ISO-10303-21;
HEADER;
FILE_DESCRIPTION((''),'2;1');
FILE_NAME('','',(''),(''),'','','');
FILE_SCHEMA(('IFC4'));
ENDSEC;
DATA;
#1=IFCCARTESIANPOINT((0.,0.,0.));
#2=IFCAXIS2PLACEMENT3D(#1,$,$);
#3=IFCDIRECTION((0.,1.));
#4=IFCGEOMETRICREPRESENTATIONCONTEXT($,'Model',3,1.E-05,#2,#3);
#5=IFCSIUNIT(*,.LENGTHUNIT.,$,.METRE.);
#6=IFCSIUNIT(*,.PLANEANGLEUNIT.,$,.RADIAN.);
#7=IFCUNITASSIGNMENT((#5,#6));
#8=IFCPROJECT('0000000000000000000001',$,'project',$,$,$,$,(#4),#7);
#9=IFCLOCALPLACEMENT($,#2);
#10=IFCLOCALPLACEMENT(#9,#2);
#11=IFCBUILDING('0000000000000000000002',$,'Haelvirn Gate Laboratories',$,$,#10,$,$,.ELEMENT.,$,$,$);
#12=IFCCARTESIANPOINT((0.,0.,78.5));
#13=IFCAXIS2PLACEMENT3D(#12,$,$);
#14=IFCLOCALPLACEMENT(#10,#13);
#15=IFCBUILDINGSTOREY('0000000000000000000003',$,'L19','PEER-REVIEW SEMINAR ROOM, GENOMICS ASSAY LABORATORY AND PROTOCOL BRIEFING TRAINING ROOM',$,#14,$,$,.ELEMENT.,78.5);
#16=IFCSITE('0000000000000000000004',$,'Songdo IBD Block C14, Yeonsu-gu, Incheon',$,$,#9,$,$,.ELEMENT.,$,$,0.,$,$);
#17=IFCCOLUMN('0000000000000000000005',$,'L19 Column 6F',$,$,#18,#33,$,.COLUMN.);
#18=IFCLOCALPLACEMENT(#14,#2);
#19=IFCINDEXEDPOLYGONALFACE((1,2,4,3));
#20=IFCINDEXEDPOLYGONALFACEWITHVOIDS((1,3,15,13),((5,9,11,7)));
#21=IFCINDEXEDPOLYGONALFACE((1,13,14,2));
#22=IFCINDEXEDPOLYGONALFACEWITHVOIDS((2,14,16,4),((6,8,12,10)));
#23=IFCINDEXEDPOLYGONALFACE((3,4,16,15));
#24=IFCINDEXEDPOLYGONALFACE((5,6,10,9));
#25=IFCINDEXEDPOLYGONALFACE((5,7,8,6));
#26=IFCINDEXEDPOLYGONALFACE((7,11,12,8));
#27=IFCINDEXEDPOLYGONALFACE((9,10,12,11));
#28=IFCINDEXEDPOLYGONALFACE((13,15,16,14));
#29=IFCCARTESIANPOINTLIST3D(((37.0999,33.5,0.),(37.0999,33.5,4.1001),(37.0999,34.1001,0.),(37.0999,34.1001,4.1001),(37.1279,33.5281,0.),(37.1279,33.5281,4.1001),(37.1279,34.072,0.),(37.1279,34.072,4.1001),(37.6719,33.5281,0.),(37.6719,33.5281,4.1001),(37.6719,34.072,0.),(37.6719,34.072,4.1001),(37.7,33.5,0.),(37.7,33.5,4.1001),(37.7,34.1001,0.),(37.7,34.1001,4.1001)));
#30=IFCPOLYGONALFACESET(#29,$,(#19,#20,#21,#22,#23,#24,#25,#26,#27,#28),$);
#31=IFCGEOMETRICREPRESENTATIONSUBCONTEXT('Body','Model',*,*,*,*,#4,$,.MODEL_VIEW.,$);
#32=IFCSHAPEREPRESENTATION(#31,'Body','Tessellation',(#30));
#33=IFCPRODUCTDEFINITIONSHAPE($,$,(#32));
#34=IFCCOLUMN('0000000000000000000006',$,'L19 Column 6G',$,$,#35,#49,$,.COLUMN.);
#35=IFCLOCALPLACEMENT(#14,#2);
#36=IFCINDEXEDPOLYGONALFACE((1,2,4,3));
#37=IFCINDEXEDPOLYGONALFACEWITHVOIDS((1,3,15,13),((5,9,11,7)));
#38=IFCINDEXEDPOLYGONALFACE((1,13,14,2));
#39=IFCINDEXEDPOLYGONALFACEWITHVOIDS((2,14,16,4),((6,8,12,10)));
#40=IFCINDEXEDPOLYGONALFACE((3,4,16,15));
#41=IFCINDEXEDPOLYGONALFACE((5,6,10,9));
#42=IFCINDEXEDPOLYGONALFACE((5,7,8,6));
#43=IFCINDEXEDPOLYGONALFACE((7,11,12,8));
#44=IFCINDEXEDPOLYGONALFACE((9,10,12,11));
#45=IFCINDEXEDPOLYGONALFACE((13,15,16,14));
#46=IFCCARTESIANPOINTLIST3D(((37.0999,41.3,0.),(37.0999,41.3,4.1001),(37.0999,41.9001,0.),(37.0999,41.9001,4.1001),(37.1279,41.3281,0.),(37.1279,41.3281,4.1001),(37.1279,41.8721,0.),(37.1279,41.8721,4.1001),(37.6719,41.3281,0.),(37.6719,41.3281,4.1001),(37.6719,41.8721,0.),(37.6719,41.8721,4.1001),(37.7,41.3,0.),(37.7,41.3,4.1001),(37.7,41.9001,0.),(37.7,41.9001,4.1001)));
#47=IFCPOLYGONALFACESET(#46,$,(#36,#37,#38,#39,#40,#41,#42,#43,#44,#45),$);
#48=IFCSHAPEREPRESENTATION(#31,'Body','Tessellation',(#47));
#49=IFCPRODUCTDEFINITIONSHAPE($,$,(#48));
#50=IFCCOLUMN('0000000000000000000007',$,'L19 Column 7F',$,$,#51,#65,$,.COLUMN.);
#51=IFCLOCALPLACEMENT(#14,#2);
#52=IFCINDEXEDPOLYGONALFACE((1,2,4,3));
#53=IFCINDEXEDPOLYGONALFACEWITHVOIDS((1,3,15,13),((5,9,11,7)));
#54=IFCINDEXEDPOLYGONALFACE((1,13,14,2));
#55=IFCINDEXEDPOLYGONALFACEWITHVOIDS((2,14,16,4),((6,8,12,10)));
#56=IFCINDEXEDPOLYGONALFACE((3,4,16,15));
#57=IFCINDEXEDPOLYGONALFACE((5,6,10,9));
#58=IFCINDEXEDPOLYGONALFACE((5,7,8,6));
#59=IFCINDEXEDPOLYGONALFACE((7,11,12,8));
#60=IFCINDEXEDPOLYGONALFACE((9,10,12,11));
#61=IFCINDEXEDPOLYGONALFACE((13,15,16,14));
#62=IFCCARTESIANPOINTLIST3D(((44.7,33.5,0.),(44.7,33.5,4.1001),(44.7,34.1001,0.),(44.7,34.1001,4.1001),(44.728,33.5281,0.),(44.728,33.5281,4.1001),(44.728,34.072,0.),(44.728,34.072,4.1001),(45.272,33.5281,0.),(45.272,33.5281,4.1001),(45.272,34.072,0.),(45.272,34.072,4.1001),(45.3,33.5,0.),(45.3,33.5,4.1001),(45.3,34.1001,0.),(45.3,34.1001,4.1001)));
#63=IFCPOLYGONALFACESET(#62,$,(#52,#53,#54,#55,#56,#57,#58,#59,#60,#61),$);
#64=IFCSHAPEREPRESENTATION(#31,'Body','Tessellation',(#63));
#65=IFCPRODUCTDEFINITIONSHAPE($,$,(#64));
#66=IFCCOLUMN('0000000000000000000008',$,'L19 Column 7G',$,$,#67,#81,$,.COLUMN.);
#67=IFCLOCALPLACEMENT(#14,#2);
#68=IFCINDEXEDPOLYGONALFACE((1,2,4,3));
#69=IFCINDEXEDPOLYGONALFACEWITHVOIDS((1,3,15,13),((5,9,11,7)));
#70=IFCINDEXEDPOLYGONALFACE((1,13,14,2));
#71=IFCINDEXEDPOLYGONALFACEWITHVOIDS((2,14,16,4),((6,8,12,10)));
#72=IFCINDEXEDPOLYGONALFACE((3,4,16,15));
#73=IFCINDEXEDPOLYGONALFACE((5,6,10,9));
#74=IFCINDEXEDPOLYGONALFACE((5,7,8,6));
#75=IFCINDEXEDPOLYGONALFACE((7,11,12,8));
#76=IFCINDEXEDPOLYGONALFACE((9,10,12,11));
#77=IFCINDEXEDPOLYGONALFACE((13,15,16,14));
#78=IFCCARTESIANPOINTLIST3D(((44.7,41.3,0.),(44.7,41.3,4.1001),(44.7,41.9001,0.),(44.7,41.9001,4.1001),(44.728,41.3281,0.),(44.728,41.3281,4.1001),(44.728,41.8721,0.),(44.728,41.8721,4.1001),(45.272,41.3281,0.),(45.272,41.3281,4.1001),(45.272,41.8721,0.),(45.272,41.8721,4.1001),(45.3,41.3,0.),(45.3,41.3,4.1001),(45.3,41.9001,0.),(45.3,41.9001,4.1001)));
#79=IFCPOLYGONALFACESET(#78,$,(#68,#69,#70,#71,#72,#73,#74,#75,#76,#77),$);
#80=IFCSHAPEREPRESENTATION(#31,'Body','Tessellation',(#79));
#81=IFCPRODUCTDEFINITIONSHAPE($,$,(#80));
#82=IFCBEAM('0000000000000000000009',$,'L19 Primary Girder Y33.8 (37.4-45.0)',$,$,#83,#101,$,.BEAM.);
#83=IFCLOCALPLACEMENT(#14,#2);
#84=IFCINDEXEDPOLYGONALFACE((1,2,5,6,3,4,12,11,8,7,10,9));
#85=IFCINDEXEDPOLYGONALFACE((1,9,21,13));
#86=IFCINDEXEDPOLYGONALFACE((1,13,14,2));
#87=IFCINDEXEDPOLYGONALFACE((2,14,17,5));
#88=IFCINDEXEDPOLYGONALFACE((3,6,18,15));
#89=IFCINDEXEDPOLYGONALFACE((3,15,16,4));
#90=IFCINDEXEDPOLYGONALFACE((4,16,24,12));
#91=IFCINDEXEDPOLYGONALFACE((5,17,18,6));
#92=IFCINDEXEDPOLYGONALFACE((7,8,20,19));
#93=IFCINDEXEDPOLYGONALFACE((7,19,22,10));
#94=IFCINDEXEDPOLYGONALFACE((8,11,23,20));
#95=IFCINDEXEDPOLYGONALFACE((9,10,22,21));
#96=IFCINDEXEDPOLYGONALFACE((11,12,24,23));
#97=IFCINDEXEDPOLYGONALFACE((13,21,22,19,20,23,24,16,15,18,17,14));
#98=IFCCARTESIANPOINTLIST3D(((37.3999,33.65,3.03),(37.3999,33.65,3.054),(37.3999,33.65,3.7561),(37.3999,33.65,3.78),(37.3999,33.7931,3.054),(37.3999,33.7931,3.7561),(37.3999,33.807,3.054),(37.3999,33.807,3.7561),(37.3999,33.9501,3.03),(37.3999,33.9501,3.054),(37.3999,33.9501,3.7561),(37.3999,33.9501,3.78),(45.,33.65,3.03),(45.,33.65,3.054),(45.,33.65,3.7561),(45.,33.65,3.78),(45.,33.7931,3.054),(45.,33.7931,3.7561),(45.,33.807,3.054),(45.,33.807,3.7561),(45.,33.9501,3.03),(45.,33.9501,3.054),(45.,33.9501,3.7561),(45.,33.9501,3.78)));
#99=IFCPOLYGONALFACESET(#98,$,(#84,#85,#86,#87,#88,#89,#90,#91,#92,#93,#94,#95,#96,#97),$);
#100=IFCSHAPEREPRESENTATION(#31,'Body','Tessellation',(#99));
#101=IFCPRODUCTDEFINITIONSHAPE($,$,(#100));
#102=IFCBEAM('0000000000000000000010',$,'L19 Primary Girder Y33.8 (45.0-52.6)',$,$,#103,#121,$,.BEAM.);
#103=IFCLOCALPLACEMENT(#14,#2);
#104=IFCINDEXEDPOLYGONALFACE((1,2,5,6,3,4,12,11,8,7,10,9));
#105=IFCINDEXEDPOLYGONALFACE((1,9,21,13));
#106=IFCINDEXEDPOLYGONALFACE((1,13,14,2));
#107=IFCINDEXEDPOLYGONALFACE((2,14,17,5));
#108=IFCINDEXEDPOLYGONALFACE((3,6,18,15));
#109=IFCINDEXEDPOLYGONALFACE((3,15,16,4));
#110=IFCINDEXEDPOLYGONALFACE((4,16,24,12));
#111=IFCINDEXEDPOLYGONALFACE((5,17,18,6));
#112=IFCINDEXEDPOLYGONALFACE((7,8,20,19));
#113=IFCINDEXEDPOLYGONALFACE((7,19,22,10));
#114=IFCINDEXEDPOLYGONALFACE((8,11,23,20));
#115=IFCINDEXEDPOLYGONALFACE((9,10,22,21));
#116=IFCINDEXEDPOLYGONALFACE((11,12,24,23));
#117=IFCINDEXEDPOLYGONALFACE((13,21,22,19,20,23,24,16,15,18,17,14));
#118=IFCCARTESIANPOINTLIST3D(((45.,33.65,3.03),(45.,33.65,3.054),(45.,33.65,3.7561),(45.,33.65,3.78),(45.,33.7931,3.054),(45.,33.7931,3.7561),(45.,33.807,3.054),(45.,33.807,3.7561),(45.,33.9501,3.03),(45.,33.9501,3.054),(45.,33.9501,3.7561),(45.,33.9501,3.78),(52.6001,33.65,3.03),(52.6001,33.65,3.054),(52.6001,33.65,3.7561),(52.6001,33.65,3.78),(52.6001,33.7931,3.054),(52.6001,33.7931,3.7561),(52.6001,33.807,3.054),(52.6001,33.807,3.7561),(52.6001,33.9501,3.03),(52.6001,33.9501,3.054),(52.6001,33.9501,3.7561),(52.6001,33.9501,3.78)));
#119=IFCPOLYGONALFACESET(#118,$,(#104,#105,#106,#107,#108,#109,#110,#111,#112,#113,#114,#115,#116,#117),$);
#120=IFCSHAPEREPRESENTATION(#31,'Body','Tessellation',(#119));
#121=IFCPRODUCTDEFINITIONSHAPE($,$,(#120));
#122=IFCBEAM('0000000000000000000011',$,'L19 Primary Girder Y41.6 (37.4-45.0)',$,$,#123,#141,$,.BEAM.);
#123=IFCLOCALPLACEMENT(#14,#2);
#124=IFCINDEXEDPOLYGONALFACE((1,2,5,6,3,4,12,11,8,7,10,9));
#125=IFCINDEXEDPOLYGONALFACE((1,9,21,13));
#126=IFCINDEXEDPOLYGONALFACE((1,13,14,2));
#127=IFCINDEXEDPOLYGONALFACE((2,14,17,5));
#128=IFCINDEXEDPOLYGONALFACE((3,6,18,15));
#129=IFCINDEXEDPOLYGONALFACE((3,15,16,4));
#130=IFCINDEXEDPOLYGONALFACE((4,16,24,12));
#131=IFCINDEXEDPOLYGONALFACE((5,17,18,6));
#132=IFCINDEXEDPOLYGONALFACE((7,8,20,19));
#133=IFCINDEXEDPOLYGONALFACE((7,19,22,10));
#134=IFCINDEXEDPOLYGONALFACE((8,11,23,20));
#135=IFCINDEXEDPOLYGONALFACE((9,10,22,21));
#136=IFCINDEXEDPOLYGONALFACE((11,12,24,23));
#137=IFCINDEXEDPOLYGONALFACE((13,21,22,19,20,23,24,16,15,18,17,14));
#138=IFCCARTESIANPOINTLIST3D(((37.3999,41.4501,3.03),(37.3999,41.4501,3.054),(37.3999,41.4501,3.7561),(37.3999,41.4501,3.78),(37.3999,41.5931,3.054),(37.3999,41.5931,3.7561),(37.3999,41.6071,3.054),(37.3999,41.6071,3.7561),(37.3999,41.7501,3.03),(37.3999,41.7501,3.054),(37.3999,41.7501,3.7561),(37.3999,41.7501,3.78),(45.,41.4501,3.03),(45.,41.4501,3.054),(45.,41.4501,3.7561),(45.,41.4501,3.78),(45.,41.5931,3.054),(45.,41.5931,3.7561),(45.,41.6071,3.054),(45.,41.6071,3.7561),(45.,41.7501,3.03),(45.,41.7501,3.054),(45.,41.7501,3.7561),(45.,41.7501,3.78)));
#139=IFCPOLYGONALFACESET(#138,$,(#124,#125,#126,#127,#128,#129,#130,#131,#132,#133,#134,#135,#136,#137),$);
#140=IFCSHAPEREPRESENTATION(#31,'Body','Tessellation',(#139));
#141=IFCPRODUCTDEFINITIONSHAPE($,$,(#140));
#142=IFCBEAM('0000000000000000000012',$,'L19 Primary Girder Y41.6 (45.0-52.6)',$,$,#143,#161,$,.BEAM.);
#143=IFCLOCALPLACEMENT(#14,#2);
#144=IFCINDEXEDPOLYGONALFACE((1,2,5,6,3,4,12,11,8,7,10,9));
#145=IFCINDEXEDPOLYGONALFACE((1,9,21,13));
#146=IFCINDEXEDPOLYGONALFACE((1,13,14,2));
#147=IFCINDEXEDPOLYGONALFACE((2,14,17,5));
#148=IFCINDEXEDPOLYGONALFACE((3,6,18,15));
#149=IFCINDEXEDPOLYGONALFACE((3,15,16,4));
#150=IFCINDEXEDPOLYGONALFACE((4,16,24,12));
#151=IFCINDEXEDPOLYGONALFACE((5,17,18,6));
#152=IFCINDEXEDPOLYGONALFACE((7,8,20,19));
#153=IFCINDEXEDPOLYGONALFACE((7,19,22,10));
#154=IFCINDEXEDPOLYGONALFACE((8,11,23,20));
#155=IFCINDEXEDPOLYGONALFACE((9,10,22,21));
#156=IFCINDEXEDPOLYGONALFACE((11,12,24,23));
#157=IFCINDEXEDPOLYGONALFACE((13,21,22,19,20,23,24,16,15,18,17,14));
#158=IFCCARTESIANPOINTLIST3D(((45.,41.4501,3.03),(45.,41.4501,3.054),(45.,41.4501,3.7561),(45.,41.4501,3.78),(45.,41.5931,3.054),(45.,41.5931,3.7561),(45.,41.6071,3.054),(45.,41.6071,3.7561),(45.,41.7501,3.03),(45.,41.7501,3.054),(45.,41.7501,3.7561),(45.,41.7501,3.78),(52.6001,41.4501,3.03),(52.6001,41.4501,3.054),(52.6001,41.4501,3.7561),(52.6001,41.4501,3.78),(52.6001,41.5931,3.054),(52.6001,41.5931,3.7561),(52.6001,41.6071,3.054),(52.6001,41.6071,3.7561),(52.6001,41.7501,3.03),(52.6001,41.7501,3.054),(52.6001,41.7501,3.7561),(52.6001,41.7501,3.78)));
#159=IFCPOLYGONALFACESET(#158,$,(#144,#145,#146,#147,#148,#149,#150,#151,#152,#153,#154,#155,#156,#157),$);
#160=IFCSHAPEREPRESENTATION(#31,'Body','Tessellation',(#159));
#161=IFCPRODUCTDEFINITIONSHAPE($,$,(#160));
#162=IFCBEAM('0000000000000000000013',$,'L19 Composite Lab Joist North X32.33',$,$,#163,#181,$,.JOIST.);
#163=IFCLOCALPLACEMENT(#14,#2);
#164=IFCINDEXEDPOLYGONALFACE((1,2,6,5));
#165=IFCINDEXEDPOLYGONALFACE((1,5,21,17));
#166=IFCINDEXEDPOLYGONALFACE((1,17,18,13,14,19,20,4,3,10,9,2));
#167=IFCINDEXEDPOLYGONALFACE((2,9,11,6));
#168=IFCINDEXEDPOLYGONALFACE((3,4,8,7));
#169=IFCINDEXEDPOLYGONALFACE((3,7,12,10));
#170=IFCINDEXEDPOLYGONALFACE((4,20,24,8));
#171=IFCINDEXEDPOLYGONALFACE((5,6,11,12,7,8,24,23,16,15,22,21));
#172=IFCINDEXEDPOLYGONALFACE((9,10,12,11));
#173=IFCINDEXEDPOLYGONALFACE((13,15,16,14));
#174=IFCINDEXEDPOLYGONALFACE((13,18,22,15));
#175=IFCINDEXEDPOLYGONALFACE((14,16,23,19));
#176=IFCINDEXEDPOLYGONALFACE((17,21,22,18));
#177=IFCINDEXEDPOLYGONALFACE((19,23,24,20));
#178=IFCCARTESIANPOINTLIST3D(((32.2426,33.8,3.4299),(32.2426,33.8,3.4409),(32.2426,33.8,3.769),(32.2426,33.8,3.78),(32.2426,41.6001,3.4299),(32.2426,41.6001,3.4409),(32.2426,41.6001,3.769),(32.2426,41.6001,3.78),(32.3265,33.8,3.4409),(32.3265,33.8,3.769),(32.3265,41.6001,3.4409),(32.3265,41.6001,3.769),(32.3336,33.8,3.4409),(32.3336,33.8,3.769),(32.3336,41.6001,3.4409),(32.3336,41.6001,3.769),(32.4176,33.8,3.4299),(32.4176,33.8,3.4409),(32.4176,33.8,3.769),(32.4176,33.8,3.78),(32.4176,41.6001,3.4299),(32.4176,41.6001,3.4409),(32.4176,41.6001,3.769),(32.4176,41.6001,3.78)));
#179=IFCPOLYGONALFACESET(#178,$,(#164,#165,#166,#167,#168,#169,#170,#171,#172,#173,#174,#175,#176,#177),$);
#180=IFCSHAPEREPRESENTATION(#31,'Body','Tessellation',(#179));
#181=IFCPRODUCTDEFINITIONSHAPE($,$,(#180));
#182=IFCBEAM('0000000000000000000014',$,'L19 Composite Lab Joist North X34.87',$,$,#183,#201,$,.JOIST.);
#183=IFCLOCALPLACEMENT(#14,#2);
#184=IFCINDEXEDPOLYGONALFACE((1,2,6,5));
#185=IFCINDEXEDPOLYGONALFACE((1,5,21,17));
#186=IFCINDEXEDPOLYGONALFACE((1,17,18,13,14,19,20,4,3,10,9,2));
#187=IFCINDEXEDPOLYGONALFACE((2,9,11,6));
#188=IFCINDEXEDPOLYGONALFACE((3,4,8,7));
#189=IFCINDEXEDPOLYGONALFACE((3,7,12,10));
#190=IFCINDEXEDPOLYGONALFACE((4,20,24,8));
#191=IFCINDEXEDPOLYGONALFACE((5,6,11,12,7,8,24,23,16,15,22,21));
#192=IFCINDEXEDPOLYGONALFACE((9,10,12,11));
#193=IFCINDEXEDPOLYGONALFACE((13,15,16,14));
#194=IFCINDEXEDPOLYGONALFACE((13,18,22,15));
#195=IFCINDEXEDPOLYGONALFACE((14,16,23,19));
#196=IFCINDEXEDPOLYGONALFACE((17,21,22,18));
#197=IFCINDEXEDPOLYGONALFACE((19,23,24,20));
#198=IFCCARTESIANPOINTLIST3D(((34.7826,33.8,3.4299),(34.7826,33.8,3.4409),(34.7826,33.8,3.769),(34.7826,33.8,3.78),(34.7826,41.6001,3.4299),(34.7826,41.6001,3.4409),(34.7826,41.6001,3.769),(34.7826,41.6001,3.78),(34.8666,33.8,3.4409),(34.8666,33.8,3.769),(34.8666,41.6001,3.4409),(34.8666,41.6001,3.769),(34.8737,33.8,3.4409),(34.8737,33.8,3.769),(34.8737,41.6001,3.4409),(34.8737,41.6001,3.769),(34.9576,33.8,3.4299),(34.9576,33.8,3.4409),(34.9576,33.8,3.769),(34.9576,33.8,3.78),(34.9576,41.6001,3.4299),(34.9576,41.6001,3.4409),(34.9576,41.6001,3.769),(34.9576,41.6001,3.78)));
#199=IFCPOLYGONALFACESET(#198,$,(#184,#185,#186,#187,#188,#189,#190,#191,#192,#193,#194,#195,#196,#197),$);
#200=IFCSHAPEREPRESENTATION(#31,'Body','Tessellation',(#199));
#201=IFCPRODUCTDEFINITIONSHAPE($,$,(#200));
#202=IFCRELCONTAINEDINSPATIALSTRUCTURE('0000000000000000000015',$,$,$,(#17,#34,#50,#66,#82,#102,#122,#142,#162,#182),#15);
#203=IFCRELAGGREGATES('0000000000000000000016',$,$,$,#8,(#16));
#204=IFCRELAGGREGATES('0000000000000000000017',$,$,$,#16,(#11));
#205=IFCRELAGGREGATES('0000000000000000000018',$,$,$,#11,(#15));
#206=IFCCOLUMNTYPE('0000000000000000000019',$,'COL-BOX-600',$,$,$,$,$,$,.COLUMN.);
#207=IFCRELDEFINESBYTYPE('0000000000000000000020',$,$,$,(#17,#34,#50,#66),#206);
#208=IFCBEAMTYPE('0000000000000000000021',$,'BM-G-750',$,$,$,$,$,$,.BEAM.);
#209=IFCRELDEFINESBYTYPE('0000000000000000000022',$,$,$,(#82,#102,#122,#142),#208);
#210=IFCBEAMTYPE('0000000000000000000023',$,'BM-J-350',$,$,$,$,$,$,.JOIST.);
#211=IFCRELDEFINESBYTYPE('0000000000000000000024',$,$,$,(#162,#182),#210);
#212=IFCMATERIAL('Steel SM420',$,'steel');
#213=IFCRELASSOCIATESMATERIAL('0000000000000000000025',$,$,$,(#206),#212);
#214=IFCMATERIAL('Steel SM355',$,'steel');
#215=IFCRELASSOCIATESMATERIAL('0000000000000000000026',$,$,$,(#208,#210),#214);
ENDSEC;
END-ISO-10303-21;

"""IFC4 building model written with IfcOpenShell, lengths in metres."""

from ifc_helpers import new_model, si_unit, direction, frame, origin, origin_2d, place, context, subcontext, project, spatial, hollow_rectangle, i_section, extrude, source, transform, mapped, material, material_profile, profile_set, type_object, type_shapes, element, save


model = new_model("IFC4")

# Units and contexts
model_context = context("Model", 3, precision=1e-05, world=origin(), true_north=direction((0.0, 1.0)))
body_context = subcontext(model_context, "Body", "Model", "MODEL_VIEW")
ifc_project = project(units=[si_unit("LENGTHUNIT", "METRE"), si_unit("PLANEANGLEUNIT", "RADIAN")], contexts=[model_context])

# Site, building, storey
site_placement = place(None, origin())
site = spatial("IfcSite", under=ifc_project, at=site_placement, Name="Songdo IBD Block C14, Yeonsu-gu, Incheon", CompositionType="ELEMENT", RefElevation=0.0)
building_placement = place(site_placement, origin())
building = spatial("IfcBuilding", under=site, at=building_placement, Name="Haelvirn Gate Laboratories", CompositionType="ELEMENT")
storey_placement = place(building_placement, frame((0.0, 0.0, 78.5)))
storey = spatial("IfcBuildingStorey", under=building, at=storey_placement, Name="L19", Description="PEER-REVIEW SEMINAR ROOM, GENOMICS ASSAY LABORATORY AND PROTOCOL BRIEFING TRAINING ROOM", CompositionType="ELEMENT", Elevation=78.5)

# Columns
ifc_material_1 = material(Name="Steel SM420", Category="steel")
ifc_material_profile_1 = material_profile(ifc_material_1, hollow_rectangle(XDim=0.6001, YDim=0.6001, WallThickness=0.0281, at=origin_2d()), Name="BOX-600x600x28")
ifc_profile_set_1 = profile_set([ifc_material_profile_1], Name="Steel SM420")
column_type = type_object("IfcColumnType", Name="COL-BOX-600", PredefinedType="COLUMN", material=ifc_profile_set_1)
shared_shape_1 = source(origin(), body_context, "Body", "SweptSolid", [
    extrude(hollow_rectangle(XDim=0.6001, YDim=0.6001, WallThickness=0.0281, at=origin_2d()), origin(), (0.0, 0.0, 1.0), 4.1001),
])
type_shapes(column_type, [shared_shape_1])
for number, where, z_axis, x_axis, name in (
    (1, (37.3999, 33.8, 0.0), (0.0, 0.0, 1.0), (1.0, 0.0, 0.0), "L19 Column 6F"),
    (2, (37.3999, 41.6001, 0.0), (0.0, 0.0, 1.0), (1.0, 0.0, 0.0), "L19 Column 6G"),
    (3, (45.0, 33.8, 0.0), (0.0, 0.0, 1.0), (1.0, 0.0, 0.0), "L19 Column 7F"),
    (4, (45.0, 41.6001, 0.0), (0.0, 0.0, 1.0), (1.0, 0.0, 0.0), "L19 Column 7G"),
):
    element("IfcColumn", number, at=place(storey_placement, frame(where, z_axis=z_axis, x_axis=x_axis)), inside=storey, type_object=column_type, Name=name, PredefinedType="COLUMN", context=body_context, shape_type="MappedRepresentation", body=[
        mapped(shared_shape_1, transform((0.0, 0.0, 0.0), scale=1.0)),
    ])

# Beams
ifc_material_2 = material(Name="Steel SM355", Category="steel")
ifc_material_profile_2 = material_profile(ifc_material_2, i_section(OverallWidth=0.3, OverallDepth=0.75, WebThickness=0.0139, FlangeThickness=0.0239, at=origin_2d()), Name="H-750x300x14x24")
ifc_profile_set_2 = profile_set([ifc_material_profile_2], Name="Steel SM355")
beam_type_1 = type_object("IfcBeamType", Name="BM-G-750", PredefinedType="BEAM", material=ifc_profile_set_2)
shared_shape_2 = source(origin(), body_context, "Body", "SweptSolid", [
    extrude(i_section(OverallWidth=0.3, OverallDepth=0.75, WebThickness=0.0139, FlangeThickness=0.0239, at=origin_2d()), origin(), (0.0, 0.0, 1.0), 7.6001),
])
type_shapes(beam_type_1, [shared_shape_2])
for number, where, z_axis, x_axis, name in (
    (5, (37.3999, 33.8, 3.405), (1.0, 0.0, 0.0), (0.0, 1.0, 0.0), "L19 Primary Girder Y33.8 (37.4-45.0)"),
    (6, (45.0, 33.8, 3.405), (1.0, 0.0, 0.0), (0.0, 1.0, 0.0), "L19 Primary Girder Y33.8 (45.0-52.6)"),
    (7, (37.3999, 41.6001, 3.405), (1.0, 0.0, 0.0), (0.0, 1.0, 0.0), "L19 Primary Girder Y41.6 (37.4-45.0)"),
    (8, (45.0, 41.6001, 3.405), (1.0, 0.0, 0.0), (0.0, 1.0, 0.0), "L19 Primary Girder Y41.6 (45.0-52.6)"),
):
    element("IfcBeam", number, at=place(storey_placement, frame(where, z_axis=z_axis, x_axis=x_axis)), inside=storey, type_object=beam_type_1, Name=name, PredefinedType="BEAM", context=body_context, shape_type="MappedRepresentation", body=[
        mapped(shared_shape_2, transform((0.0, 0.0, 0.0), scale=1.0)),
    ])
ifc_material_profile_3 = material_profile(ifc_material_2, i_section(OverallWidth=0.175, OverallDepth=0.3501, WebThickness=0.0071, FlangeThickness=0.011, at=origin_2d()), Name="H-350x175x7x11")
ifc_profile_set_3 = profile_set([ifc_material_profile_3], Name="Steel SM355")
beam_type_2 = type_object("IfcBeamType", Name="BM-J-350", PredefinedType="JOIST", material=ifc_profile_set_3)
shared_shape_3 = source(origin(), body_context, "Body", "SweptSolid", [
    extrude(i_section(OverallWidth=0.175, OverallDepth=0.3501, WebThickness=0.0071, FlangeThickness=0.011, at=origin_2d()), origin(), (0.0, 0.0, 1.0), 7.8),
])
type_shapes(beam_type_2, [shared_shape_3])
for number, where, z_axis, x_axis, name in (
    (9, (32.3301, 33.8, 3.605), (0.0, 1.0, 0.0), (-1.0, 0.0, 0.0), "L19 Composite Lab Joist North X32.33"),
    (10, (34.8701, 33.8, 3.605), (0.0, 1.0, 0.0), (-1.0, 0.0, 0.0), "L19 Composite Lab Joist North X34.87"),
):
    element("IfcBeam", number, at=place(storey_placement, frame(where, z_axis=z_axis, x_axis=x_axis)), inside=storey, type_object=beam_type_2, Name=name, PredefinedType="JOIST", context=body_context, shape_type="MappedRepresentation", body=[
        mapped(shared_shape_3, transform((0.0, 0.0, 0.0), scale=1.0)),
    ])

save(model, "model.ifc")
